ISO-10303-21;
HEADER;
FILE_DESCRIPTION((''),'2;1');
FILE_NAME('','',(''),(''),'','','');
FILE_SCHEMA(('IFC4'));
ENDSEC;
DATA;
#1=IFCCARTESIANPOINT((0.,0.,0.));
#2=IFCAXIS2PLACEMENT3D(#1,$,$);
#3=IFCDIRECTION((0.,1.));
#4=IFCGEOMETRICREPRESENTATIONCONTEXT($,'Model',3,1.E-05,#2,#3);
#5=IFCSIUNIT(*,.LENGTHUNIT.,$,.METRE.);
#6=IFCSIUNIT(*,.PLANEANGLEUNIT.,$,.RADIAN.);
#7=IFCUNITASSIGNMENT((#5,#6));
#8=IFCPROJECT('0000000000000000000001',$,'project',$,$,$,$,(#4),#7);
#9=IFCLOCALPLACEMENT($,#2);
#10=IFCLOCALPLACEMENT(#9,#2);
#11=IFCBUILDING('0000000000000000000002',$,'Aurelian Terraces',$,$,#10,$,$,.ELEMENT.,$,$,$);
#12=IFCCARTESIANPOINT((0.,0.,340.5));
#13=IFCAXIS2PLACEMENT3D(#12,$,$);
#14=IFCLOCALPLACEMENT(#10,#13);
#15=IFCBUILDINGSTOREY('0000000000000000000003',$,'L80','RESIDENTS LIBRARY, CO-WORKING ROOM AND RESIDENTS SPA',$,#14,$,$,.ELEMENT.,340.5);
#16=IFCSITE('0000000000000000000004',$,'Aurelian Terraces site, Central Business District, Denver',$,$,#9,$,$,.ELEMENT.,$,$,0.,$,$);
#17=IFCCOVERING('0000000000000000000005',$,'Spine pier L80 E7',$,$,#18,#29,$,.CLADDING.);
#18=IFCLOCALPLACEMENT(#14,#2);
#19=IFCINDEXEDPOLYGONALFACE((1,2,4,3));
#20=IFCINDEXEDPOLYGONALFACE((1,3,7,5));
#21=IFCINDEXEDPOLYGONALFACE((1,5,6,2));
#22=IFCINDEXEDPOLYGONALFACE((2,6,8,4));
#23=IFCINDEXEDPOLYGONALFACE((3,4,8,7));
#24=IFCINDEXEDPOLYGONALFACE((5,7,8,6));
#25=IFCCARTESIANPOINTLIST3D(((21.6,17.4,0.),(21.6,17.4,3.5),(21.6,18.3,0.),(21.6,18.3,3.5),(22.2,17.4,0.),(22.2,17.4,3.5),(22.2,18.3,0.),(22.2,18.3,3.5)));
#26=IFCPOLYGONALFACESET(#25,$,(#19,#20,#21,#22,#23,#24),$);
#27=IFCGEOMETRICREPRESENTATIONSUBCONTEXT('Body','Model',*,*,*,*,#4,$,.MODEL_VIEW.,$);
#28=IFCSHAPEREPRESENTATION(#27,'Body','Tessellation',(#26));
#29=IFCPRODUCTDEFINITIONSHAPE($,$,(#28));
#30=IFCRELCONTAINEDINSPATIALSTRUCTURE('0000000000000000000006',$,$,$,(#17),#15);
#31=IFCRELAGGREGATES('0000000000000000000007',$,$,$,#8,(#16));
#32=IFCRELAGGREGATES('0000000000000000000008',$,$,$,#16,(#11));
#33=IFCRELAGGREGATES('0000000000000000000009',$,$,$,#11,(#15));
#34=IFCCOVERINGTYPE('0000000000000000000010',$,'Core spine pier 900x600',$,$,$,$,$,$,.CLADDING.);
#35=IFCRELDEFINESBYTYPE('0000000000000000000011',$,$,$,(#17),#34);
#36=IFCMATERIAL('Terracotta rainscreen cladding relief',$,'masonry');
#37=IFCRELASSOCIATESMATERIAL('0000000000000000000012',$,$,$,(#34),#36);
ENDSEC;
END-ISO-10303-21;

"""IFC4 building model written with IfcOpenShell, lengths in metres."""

from ifc_helpers import new_model, si_unit, direction, frame, origin, origin_2d, place, context, subcontext, project, spatial, rectangle, extrude, source, transform, mapped, material, type_object, element, save


model = new_model("IFC4")

# Units and contexts
model_context = context("Model", 3, precision=1e-05, world=origin(), true_north=direction((0.0, 1.0)))
body_context = subcontext(model_context, "Body", "Model", "MODEL_VIEW")
ifc_project = project(units=[si_unit("LENGTHUNIT", "METRE"), si_unit("PLANEANGLEUNIT", "RADIAN")], contexts=[model_context])

# Site, building, storey
site_placement = place(None, origin())
site = spatial("IfcSite", under=ifc_project, at=site_placement, Name="Aurelian Terraces site, Central Business District, Denver", CompositionType="ELEMENT", RefElevation=0.0)
building_placement = place(site_placement, origin())
building = spatial("IfcBuilding", under=site, at=building_placement, Name="Aurelian Terraces", CompositionType="ELEMENT")
storey_placement = place(building_placement, frame((0.0, 0.0, 340.5)))
storey = spatial("IfcBuildingStorey", under=building, at=storey_placement, Name="L80", Description="RESIDENTS LIBRARY, CO-WORKING ROOM AND RESIDENTS SPA", CompositionType="ELEMENT", Elevation=340.5)

# Covering
ifc_material_1 = material(Name="Terracotta rainscreen cladding relief", Category="masonry")
covering_type_1 = type_object("IfcCoveringType", Name="Core spine pier 900x600", PredefinedType="CLADDING", material=ifc_material_1)
shared_shape_1 = source(origin(), body_context, "Body", "SweptSolid", [
    extrude(rectangle(XDim=0.6, YDim=0.9, at=origin_2d()), origin(), (0.0, 0.0, 1.0), 3.5),
])
for number, where, z_axis, x_axis, name in (
    (1, (21.9, 17.85, 0.0), (0.0, 0.0, 1.0), (1.0, 0.0, 0.0), "Spine pier L80 E7"),
):
    element("IfcCovering", number, at=place(storey_placement, frame(where, z_axis=z_axis, x_axis=x_axis)), inside=storey, type_object=covering_type_1, Name=name, PredefinedType="CLADDING", context=body_context, shape_type="MappedRepresentation", body=[
        mapped(shared_shape_1, transform((0.0, 0.0, 0.0), scale=1.0)),
    ])

save(model, "model.ifc")
